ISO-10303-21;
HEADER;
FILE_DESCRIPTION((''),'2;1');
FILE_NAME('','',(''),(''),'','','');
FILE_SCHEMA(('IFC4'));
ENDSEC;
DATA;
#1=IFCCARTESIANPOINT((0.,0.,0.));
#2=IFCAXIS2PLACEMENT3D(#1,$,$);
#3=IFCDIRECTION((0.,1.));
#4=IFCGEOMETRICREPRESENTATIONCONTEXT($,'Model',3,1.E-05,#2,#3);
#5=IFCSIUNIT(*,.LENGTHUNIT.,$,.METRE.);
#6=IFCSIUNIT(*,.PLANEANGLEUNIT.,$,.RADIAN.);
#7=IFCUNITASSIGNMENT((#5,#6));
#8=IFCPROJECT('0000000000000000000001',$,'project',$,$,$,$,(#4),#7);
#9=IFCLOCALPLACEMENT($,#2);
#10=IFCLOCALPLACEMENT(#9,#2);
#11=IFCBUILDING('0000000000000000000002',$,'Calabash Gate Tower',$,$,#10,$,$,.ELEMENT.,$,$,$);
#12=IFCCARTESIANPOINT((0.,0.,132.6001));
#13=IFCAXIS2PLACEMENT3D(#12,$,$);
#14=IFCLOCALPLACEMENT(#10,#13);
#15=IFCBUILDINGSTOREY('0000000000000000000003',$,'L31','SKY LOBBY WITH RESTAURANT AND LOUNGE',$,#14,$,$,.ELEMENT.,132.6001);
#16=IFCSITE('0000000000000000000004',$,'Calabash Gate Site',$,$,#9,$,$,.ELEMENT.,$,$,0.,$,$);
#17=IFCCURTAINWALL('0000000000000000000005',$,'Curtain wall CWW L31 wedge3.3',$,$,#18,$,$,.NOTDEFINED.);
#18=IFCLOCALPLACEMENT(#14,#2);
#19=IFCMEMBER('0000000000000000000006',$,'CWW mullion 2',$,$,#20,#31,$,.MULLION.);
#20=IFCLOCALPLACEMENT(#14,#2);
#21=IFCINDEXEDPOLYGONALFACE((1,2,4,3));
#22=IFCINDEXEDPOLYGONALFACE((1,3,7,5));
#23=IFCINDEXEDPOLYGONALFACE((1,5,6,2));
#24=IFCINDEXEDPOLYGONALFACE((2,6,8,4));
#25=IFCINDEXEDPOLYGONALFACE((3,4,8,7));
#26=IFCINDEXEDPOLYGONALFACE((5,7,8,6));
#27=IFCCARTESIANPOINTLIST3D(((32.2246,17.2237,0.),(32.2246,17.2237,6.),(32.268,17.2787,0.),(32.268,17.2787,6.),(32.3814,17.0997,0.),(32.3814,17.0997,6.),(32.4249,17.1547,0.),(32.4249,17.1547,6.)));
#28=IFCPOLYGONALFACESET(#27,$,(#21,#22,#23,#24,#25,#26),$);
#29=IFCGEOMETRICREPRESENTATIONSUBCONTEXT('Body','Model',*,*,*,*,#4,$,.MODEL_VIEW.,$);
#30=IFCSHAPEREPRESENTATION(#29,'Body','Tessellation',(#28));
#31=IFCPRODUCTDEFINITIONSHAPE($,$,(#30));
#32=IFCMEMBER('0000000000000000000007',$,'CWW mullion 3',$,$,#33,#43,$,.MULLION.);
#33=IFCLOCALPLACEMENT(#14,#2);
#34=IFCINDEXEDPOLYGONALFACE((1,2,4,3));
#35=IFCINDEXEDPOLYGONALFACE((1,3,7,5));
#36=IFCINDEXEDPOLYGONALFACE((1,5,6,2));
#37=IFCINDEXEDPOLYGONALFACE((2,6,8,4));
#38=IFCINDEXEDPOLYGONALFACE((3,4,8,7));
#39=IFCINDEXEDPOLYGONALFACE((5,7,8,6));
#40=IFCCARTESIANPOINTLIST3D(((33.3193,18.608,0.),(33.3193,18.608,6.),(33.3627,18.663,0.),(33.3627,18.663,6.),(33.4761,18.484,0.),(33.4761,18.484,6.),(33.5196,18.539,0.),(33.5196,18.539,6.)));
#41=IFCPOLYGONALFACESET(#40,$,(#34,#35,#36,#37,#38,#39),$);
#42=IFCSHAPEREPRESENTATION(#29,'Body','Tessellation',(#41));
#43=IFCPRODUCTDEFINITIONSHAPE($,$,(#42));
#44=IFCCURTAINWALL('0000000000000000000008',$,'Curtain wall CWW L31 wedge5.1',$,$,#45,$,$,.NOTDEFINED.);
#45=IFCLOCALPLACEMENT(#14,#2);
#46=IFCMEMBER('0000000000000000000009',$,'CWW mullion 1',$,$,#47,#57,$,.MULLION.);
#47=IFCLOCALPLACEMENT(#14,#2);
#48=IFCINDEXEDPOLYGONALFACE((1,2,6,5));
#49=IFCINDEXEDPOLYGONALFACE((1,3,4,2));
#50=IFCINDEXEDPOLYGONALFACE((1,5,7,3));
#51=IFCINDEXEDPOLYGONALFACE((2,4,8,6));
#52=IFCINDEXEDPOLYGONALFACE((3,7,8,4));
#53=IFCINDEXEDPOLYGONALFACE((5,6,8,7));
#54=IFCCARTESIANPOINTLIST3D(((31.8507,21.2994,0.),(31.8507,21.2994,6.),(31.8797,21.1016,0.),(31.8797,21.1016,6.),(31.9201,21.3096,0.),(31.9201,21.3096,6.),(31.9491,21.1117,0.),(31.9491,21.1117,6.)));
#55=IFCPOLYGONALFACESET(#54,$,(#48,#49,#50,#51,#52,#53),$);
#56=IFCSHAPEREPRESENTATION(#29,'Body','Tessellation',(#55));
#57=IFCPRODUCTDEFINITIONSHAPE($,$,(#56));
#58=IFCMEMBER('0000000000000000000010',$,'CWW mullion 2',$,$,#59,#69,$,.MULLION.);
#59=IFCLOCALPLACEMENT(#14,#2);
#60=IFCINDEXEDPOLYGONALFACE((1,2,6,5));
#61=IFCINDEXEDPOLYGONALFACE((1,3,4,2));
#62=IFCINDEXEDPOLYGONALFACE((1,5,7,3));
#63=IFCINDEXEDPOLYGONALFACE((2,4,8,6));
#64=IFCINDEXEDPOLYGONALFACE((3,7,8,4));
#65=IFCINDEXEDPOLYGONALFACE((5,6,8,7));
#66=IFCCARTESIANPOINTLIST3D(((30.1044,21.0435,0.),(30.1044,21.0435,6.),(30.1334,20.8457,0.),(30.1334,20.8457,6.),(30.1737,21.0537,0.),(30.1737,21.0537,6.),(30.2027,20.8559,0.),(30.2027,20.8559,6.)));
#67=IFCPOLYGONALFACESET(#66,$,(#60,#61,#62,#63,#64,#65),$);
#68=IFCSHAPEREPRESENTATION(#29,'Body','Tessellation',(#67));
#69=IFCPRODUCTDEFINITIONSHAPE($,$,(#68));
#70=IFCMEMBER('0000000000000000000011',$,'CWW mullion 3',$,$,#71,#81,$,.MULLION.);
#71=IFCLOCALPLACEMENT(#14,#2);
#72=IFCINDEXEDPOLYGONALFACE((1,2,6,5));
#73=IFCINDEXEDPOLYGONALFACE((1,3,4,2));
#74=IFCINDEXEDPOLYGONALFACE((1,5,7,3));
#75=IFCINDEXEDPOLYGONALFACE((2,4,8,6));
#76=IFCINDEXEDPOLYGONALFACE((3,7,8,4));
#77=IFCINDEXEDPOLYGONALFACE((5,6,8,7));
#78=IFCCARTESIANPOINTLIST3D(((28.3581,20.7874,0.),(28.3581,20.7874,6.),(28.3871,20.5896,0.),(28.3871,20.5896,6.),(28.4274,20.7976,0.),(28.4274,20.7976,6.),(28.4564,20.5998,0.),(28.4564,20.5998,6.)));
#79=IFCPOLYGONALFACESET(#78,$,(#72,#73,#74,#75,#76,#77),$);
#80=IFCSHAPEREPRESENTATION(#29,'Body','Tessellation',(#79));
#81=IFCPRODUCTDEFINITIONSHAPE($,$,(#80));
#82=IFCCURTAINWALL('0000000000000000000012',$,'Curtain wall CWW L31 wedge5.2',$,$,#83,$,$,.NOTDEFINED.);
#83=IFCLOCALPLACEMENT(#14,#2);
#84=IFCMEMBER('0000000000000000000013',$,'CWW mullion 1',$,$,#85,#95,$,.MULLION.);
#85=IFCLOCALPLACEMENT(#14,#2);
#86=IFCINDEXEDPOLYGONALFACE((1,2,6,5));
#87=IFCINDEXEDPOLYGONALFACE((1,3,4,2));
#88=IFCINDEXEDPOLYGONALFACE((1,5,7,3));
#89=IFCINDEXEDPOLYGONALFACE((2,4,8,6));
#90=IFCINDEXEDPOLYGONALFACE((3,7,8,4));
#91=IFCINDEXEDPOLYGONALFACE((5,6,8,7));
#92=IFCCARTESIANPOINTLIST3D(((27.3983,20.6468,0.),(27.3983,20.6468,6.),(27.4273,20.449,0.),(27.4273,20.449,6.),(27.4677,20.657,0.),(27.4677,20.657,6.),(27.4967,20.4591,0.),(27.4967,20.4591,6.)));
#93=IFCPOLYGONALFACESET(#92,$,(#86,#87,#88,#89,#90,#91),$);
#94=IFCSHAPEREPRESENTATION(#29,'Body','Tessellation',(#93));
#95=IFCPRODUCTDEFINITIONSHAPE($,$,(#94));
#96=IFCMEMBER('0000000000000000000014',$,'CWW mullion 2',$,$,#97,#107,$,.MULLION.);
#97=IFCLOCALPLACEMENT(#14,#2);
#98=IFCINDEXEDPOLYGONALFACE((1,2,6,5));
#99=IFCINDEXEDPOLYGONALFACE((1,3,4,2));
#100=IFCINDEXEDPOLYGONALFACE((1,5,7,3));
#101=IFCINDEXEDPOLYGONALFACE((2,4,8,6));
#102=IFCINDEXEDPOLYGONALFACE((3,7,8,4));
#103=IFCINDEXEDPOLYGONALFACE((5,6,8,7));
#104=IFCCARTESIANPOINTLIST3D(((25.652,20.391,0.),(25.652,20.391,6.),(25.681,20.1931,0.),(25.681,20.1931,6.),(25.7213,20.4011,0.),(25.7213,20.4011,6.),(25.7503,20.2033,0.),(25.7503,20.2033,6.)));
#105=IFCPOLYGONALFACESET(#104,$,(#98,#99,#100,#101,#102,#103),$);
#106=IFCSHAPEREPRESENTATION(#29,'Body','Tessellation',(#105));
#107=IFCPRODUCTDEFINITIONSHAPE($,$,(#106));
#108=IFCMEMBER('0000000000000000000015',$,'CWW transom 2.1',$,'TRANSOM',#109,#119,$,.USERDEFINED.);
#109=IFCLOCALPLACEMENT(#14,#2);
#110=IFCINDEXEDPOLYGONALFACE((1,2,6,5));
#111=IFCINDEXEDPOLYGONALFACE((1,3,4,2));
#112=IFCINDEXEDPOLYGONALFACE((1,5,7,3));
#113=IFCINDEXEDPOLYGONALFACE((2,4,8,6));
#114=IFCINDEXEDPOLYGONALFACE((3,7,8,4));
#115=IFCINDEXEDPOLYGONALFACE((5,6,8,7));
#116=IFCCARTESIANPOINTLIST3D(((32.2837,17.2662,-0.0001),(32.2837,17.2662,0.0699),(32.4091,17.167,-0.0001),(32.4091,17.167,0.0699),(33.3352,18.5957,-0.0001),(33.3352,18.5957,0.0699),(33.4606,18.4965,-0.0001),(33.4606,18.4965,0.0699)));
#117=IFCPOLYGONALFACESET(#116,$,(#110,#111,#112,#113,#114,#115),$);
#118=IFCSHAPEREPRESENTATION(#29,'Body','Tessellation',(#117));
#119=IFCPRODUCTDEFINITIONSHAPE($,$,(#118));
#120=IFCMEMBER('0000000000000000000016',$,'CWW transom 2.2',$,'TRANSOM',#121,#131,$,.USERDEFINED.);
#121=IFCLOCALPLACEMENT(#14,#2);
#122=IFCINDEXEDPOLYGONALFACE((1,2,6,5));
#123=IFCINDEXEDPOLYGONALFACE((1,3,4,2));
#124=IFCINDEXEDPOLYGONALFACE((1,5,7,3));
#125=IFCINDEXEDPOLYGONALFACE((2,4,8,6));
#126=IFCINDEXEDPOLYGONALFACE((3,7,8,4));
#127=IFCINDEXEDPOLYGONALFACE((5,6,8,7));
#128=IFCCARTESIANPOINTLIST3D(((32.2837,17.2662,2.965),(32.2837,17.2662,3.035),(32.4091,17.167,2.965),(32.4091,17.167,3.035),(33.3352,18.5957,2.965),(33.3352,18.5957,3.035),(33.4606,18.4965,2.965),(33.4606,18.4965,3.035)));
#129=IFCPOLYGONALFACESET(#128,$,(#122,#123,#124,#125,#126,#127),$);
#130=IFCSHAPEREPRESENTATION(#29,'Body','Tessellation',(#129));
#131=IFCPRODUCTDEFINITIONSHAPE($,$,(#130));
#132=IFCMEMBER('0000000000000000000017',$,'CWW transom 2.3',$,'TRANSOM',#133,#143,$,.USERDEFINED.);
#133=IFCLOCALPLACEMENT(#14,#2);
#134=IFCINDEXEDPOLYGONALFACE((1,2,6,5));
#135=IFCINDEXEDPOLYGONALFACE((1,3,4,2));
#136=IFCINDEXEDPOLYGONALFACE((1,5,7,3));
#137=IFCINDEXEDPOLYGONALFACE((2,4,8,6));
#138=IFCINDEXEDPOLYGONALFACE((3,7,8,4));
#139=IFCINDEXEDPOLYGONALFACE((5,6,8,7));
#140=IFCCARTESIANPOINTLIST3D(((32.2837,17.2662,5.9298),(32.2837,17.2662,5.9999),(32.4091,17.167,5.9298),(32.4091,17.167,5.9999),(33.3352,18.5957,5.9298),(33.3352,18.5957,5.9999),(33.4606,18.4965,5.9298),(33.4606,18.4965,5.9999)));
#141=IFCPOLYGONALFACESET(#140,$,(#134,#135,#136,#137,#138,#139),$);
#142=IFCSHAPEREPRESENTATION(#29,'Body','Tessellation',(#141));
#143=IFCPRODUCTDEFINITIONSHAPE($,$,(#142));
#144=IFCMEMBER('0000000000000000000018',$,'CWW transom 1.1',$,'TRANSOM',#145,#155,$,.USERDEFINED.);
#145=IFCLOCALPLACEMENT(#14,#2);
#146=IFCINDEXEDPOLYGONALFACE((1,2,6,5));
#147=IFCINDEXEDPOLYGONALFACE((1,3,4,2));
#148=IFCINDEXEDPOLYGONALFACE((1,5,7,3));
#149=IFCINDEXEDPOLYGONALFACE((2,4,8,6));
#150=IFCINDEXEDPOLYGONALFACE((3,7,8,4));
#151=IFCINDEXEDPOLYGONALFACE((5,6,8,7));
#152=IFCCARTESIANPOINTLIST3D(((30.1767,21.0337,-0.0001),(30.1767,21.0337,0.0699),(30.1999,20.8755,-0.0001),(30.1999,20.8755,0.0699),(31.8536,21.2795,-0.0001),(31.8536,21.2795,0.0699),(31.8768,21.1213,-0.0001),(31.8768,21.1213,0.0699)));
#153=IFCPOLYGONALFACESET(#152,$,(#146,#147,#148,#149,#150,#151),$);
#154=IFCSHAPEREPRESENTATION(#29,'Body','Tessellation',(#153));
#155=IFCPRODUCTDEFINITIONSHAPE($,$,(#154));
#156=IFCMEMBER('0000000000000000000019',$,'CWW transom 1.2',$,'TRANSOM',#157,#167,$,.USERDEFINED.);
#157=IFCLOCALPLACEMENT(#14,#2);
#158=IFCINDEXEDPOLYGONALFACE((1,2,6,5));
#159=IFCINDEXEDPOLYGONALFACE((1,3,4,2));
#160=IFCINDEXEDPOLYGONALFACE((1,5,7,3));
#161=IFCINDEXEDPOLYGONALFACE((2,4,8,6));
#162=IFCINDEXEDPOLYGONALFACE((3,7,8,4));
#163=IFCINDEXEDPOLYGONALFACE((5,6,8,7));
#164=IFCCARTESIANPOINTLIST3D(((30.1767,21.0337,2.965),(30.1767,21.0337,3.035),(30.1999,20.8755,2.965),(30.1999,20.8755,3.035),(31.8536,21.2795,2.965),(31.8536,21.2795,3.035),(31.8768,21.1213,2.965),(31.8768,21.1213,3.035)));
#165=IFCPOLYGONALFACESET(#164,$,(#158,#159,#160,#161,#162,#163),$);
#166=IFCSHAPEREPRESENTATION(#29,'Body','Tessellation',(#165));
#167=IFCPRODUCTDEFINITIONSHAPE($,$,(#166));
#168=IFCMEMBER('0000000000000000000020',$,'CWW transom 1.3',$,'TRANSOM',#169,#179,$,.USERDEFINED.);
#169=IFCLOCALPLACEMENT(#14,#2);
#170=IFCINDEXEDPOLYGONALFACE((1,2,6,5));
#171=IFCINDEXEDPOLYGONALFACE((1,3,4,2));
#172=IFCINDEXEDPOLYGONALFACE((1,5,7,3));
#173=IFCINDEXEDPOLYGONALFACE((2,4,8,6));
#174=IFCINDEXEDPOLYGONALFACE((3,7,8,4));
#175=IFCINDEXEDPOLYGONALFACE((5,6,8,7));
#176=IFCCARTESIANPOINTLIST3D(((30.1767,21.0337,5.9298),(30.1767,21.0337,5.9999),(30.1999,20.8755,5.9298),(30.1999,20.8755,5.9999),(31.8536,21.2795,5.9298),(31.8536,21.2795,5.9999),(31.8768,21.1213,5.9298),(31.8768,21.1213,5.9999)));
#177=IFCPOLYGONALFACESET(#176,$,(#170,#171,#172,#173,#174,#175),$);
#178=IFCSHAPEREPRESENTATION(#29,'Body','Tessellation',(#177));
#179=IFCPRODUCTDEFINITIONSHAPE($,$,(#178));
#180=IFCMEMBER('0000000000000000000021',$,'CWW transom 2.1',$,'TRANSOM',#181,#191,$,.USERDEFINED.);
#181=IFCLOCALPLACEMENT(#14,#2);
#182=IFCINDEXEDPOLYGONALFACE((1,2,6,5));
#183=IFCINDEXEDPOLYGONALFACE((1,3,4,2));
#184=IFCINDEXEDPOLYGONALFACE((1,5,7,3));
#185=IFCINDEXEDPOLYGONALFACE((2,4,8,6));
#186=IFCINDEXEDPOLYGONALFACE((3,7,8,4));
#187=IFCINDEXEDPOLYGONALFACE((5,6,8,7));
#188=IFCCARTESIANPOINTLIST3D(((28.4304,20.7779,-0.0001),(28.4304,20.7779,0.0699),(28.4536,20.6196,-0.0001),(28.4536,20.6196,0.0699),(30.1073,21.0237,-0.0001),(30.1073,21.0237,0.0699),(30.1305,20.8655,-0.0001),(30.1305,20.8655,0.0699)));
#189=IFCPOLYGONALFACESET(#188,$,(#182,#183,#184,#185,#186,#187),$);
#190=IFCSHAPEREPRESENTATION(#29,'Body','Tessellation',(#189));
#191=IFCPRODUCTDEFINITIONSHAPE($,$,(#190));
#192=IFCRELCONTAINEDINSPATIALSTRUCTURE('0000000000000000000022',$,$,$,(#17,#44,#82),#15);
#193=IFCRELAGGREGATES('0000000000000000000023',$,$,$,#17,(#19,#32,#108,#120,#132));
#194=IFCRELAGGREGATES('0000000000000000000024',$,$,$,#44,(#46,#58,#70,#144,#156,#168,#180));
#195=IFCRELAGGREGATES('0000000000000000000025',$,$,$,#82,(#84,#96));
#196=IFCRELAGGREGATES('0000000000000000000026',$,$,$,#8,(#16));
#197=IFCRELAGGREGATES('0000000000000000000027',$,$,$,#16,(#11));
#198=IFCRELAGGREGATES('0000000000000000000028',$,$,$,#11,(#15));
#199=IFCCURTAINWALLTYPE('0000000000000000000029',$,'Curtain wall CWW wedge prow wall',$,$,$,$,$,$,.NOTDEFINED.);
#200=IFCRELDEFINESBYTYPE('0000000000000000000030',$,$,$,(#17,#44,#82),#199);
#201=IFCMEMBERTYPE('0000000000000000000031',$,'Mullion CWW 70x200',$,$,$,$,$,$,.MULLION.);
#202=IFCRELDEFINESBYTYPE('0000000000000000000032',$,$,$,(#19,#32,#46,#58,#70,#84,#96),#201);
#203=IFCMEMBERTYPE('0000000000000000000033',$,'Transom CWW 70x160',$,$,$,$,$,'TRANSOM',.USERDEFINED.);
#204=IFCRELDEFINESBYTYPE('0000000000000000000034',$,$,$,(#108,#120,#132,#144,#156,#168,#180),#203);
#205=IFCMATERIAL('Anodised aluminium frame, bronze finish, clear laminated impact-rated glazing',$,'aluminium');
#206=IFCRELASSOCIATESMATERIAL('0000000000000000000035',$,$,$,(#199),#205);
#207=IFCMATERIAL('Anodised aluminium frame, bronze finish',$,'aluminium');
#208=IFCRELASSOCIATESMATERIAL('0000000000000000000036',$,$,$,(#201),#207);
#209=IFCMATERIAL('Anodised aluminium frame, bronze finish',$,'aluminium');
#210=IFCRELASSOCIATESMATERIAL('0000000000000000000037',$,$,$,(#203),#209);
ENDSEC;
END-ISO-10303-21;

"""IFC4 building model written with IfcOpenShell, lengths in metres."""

from ifc_helpers import new_model, si_unit, direction, frame, origin, origin_2d, place, context, subcontext, project, spatial, rectangle, extrude, material, material_profile, profile_set, type_object, element, aggregate, save


model = new_model("IFC4")

# Units and contexts
model_context = context("Model", 3, precision=1e-05, world=origin(), true_north=direction((0.0, 1.0)))
body_context = subcontext(model_context, "Body", "Model", "MODEL_VIEW")
ifc_project = project(units=[si_unit("LENGTHUNIT", "METRE"), si_unit("PLANEANGLEUNIT", "RADIAN")], contexts=[model_context])

# Site, building, storey
site_placement = place(None, origin())
site = spatial("IfcSite", under=ifc_project, at=site_placement, Name="Calabash Gate Site", CompositionType="ELEMENT", RefElevation=0.0)
building_placement = place(site_placement, origin())
building = spatial("IfcBuilding", under=site, at=building_placement, Name="Calabash Gate Tower", CompositionType="ELEMENT")
storey_placement = place(building_placement, frame((0.0, 0.0, 132.6001)))
storey = spatial("IfcBuildingStorey", under=building, at=storey_placement, Name="L31", Description="SKY LOBBY WITH RESTAURANT AND LOUNGE", CompositionType="ELEMENT", Elevation=132.6001)

# Curtain walls, members
ifc_material_1 = material(Name="Anodised aluminium frame, bronze finish, clear laminated impact-rated glazing", Category="aluminium")
curtain_wall_type = type_object("IfcCurtainWallType", Name="Curtain wall CWW wedge prow wall", PredefinedType="NOTDEFINED", material=ifc_material_1)
curtain_wall_1_placement = place(storey_placement, origin())
curtain_wall_1 = element("IfcCurtainWall", 1, at=curtain_wall_1_placement, inside=storey, type_object=curtain_wall_type, Name="Curtain wall CWW L31 wedge3.3", PredefinedType="NOTDEFINED")
ifc_material_2 = material(Name="Anodised aluminium frame, bronze finish", Category="aluminium")
ifc_material_profile_1 = material_profile(ifc_material_2, rectangle(XDim=0.2, YDim=0.0701, at=origin_2d()))
ifc_profile_set_1 = profile_set([ifc_material_profile_1], Name="Anodised aluminium frame, bronze finish")
member_type_1 = type_object("IfcMemberType", Name="Mullion CWW 70x200", PredefinedType="MULLION", material=ifc_profile_set_1)
member_1_placement = place(storey_placement, frame((32.3247, 17.1892, 0.0), z_axis=(0.0, 0.0, 1.0), x_axis=(-0.784364, 0.620301, 0.0)))
member_1 = element("IfcMember", 2, at=member_1_placement, type_object=member_type_1, Name="CWW mullion 2", PredefinedType="MULLION", context=body_context, shape_type="SweptSolid", body=[
    extrude(rectangle(XDim=0.2, YDim=0.0701, at=origin_2d()), origin(), (0.0, 0.0, 1.0), 6.0),
])
member_2_placement = place(storey_placement, frame((33.4194, 18.5735, 0.0), z_axis=(0.0, 0.0, 1.0), x_axis=(-0.784364, 0.620301, 0.0)))
member_2 = element("IfcMember", 3, at=member_2_placement, type_object=member_type_1, Name="CWW mullion 3", PredefinedType="MULLION", context=body_context, shape_type="SweptSolid", body=[
    extrude(rectangle(XDim=0.2, YDim=0.0701, at=origin_2d()), origin(), (0.0, 0.0, 1.0), 6.0),
])
curtain_wall_2_placement = place(storey_placement, origin())
curtain_wall_2 = element("IfcCurtainWall", 4, at=curtain_wall_2_placement, inside=storey, type_object=curtain_wall_type, Name="Curtain wall CWW L31 wedge5.1", PredefinedType="NOTDEFINED")
member_3_placement = place(storey_placement, frame((31.8999, 21.2056, 0.0), z_axis=(0.0, 0.0, 1.0), x_axis=(0.145015, -0.989429, 0.0)))
member_3 = element("IfcMember", 5, at=member_3_placement, type_object=member_type_1, Name="CWW mullion 1", PredefinedType="MULLION", context=body_context, shape_type="SweptSolid", body=[
    extrude(rectangle(XDim=0.2, YDim=0.0701, at=origin_2d()), origin(), (0.0, 0.0, 1.0), 6.0),
])
member_4_placement = place(storey_placement, frame((30.1536, 20.9497, 0.0), z_axis=(0.0, 0.0, 1.0), x_axis=(0.145015, -0.989429, 0.0)))
member_4 = element("IfcMember", 6, at=member_4_placement, type_object=member_type_1, Name="CWW mullion 2", PredefinedType="MULLION", context=body_context, shape_type="SweptSolid", body=[
    extrude(rectangle(XDim=0.2, YDim=0.0701, at=origin_2d()), origin(), (0.0, 0.0, 1.0), 6.0),
])
member_5_placement = place(storey_placement, frame((28.4072, 20.6936, 0.0), z_axis=(0.0, 0.0, 1.0), x_axis=(0.145015, -0.989429, 0.0)))
member_5 = element("IfcMember", 7, at=member_5_placement, type_object=member_type_1, Name="CWW mullion 3", PredefinedType="MULLION", context=body_context, shape_type="SweptSolid", body=[
    extrude(rectangle(XDim=0.2, YDim=0.0701, at=origin_2d()), origin(), (0.0, 0.0, 1.0), 6.0),
])
curtain_wall_3_placement = place(storey_placement, origin())
curtain_wall_3 = element("IfcCurtainWall", 8, at=curtain_wall_3_placement, inside=storey, type_object=curtain_wall_type, Name="Curtain wall CWW L31 wedge5.2", PredefinedType="NOTDEFINED")
member_6_placement = place(storey_placement, frame((27.4475, 20.553, 0.0), z_axis=(0.0, 0.0, 1.0), x_axis=(0.145015, -0.989429, 0.0)))
member_6 = element("IfcMember", 9, at=member_6_placement, type_object=member_type_1, Name="CWW mullion 1", PredefinedType="MULLION", context=body_context, shape_type="SweptSolid", body=[
    extrude(rectangle(XDim=0.2, YDim=0.0701, at=origin_2d()), origin(), (0.0, 0.0, 1.0), 6.0),
])
member_7_placement = place(storey_placement, frame((25.7012, 20.2971, 0.0), z_axis=(0.0, 0.0, 1.0), x_axis=(0.145015, -0.989429, 0.0)))
member_7 = element("IfcMember", 10, at=member_7_placement, type_object=member_type_1, Name="CWW mullion 2", PredefinedType="MULLION", context=body_context, shape_type="SweptSolid", body=[
    extrude(rectangle(XDim=0.2, YDim=0.0701, at=origin_2d()), origin(), (0.0, 0.0, 1.0), 6.0),
])

# Members
ifc_material_3 = material(Name="Anodised aluminium frame, bronze finish", Category="aluminium")
ifc_material_profile_2 = material_profile(ifc_material_3, rectangle(XDim=0.1599, YDim=0.0701, at=origin_2d()))
ifc_profile_set_2 = profile_set([ifc_material_profile_2], Name="Anodised aluminium frame, bronze finish")
member_type_2 = type_object("IfcMemberType", Name="Transom CWW 70x160", ElementType="TRANSOM", PredefinedType="USERDEFINED", material=ifc_profile_set_2)
member_8_placement = place(storey_placement, frame((32.3464, 17.2166, 0.0349), z_axis=(0.620312, 0.784355, 0.0), x_axis=(-0.784355, 0.620312, 0.0)))
member_8 = element("IfcMember", 11, at=member_8_placement, type_object=member_type_2, Name="CWW transom 2.1", ObjectType="TRANSOM", PredefinedType="USERDEFINED", context=body_context, shape_type="SweptSolid", body=[
    extrude(rectangle(XDim=0.1599, YDim=0.0701, at=origin_2d()), origin(), (0.0, 0.0, 1.0), 1.6951),
])
member_9_placement = place(storey_placement, frame((32.3464, 17.2166, 3.0), z_axis=(0.620312, 0.784355, 0.0), x_axis=(-0.784355, 0.620312, 0.0)))
member_9 = element("IfcMember", 12, at=member_9_placement, type_object=member_type_2, Name="CWW transom 2.2", ObjectType="TRANSOM", PredefinedType="USERDEFINED", context=body_context, shape_type="SweptSolid", body=[
    extrude(rectangle(XDim=0.1599, YDim=0.0701, at=origin_2d()), origin(), (0.0, 0.0, 1.0), 1.6951),
])
member_10_placement = place(storey_placement, frame((32.3464, 17.2166, 5.9648), z_axis=(0.620312, 0.784355, 0.0), x_axis=(-0.784355, 0.620312, 0.0)))
member_10 = element("IfcMember", 13, at=member_10_placement, type_object=member_type_2, Name="CWW transom 2.3", ObjectType="TRANSOM", PredefinedType="USERDEFINED", context=body_context, shape_type="SweptSolid", body=[
    extrude(rectangle(XDim=0.1599, YDim=0.0701, at=origin_2d()), origin(), (0.0, 0.0, 1.0), 1.6951),
])
member_11_placement = place(storey_placement, frame((31.8652, 21.2004, 0.0349), z_axis=(-0.989424, -0.14505, 0.0), x_axis=(0.14505, -0.989424, 0.0)))
member_11 = element("IfcMember", 14, at=member_11_placement, type_object=member_type_2, Name="CWW transom 1.1", ObjectType="TRANSOM", PredefinedType="USERDEFINED", context=body_context, shape_type="SweptSolid", body=[
    extrude(rectangle(XDim=0.1599, YDim=0.0701, at=origin_2d()), origin(), (0.0, 0.0, 1.0), 1.6948),
])
member_12_placement = place(storey_placement, frame((31.8652, 21.2004, 3.0), z_axis=(-0.989424, -0.14505, 0.0), x_axis=(0.14505, -0.989424, 0.0)))
member_12 = element("IfcMember", 15, at=member_12_placement, type_object=member_type_2, Name="CWW transom 1.2", ObjectType="TRANSOM", PredefinedType="USERDEFINED", context=body_context, shape_type="SweptSolid", body=[
    extrude(rectangle(XDim=0.1599, YDim=0.0701, at=origin_2d()), origin(), (0.0, 0.0, 1.0), 1.6948),
])
member_13_placement = place(storey_placement, frame((31.8652, 21.2004, 5.9648), z_axis=(-0.989424, -0.14505, 0.0), x_axis=(0.14505, -0.989424, 0.0)))
member_13 = element("IfcMember", 16, at=member_13_placement, type_object=member_type_2, Name="CWW transom 1.3", ObjectType="TRANSOM", PredefinedType="USERDEFINED", context=body_context, shape_type="SweptSolid", body=[
    extrude(rectangle(XDim=0.1599, YDim=0.0701, at=origin_2d()), origin(), (0.0, 0.0, 1.0), 1.6948),
])
member_14_placement = place(storey_placement, frame((30.1189, 20.9446, 0.0349), z_axis=(-0.989424, -0.14505, 0.0), x_axis=(0.14505, -0.989424, 0.0)))
member_14 = element("IfcMember", 17, at=member_14_placement, type_object=member_type_2, Name="CWW transom 2.1", ObjectType="TRANSOM", PredefinedType="USERDEFINED", context=body_context, shape_type="SweptSolid", body=[
    extrude(rectangle(XDim=0.1599, YDim=0.0701, at=origin_2d()), origin(), (0.0, 0.0, 1.0), 1.6948),
])

aggregate(curtain_wall_1, [member_1, member_2, member_8, member_9, member_10])
aggregate(curtain_wall_2, [member_3, member_4, member_5, member_11, member_12, member_13, member_14])
aggregate(curtain_wall_3, [member_6, member_7])

save(model, "model.ifc")
